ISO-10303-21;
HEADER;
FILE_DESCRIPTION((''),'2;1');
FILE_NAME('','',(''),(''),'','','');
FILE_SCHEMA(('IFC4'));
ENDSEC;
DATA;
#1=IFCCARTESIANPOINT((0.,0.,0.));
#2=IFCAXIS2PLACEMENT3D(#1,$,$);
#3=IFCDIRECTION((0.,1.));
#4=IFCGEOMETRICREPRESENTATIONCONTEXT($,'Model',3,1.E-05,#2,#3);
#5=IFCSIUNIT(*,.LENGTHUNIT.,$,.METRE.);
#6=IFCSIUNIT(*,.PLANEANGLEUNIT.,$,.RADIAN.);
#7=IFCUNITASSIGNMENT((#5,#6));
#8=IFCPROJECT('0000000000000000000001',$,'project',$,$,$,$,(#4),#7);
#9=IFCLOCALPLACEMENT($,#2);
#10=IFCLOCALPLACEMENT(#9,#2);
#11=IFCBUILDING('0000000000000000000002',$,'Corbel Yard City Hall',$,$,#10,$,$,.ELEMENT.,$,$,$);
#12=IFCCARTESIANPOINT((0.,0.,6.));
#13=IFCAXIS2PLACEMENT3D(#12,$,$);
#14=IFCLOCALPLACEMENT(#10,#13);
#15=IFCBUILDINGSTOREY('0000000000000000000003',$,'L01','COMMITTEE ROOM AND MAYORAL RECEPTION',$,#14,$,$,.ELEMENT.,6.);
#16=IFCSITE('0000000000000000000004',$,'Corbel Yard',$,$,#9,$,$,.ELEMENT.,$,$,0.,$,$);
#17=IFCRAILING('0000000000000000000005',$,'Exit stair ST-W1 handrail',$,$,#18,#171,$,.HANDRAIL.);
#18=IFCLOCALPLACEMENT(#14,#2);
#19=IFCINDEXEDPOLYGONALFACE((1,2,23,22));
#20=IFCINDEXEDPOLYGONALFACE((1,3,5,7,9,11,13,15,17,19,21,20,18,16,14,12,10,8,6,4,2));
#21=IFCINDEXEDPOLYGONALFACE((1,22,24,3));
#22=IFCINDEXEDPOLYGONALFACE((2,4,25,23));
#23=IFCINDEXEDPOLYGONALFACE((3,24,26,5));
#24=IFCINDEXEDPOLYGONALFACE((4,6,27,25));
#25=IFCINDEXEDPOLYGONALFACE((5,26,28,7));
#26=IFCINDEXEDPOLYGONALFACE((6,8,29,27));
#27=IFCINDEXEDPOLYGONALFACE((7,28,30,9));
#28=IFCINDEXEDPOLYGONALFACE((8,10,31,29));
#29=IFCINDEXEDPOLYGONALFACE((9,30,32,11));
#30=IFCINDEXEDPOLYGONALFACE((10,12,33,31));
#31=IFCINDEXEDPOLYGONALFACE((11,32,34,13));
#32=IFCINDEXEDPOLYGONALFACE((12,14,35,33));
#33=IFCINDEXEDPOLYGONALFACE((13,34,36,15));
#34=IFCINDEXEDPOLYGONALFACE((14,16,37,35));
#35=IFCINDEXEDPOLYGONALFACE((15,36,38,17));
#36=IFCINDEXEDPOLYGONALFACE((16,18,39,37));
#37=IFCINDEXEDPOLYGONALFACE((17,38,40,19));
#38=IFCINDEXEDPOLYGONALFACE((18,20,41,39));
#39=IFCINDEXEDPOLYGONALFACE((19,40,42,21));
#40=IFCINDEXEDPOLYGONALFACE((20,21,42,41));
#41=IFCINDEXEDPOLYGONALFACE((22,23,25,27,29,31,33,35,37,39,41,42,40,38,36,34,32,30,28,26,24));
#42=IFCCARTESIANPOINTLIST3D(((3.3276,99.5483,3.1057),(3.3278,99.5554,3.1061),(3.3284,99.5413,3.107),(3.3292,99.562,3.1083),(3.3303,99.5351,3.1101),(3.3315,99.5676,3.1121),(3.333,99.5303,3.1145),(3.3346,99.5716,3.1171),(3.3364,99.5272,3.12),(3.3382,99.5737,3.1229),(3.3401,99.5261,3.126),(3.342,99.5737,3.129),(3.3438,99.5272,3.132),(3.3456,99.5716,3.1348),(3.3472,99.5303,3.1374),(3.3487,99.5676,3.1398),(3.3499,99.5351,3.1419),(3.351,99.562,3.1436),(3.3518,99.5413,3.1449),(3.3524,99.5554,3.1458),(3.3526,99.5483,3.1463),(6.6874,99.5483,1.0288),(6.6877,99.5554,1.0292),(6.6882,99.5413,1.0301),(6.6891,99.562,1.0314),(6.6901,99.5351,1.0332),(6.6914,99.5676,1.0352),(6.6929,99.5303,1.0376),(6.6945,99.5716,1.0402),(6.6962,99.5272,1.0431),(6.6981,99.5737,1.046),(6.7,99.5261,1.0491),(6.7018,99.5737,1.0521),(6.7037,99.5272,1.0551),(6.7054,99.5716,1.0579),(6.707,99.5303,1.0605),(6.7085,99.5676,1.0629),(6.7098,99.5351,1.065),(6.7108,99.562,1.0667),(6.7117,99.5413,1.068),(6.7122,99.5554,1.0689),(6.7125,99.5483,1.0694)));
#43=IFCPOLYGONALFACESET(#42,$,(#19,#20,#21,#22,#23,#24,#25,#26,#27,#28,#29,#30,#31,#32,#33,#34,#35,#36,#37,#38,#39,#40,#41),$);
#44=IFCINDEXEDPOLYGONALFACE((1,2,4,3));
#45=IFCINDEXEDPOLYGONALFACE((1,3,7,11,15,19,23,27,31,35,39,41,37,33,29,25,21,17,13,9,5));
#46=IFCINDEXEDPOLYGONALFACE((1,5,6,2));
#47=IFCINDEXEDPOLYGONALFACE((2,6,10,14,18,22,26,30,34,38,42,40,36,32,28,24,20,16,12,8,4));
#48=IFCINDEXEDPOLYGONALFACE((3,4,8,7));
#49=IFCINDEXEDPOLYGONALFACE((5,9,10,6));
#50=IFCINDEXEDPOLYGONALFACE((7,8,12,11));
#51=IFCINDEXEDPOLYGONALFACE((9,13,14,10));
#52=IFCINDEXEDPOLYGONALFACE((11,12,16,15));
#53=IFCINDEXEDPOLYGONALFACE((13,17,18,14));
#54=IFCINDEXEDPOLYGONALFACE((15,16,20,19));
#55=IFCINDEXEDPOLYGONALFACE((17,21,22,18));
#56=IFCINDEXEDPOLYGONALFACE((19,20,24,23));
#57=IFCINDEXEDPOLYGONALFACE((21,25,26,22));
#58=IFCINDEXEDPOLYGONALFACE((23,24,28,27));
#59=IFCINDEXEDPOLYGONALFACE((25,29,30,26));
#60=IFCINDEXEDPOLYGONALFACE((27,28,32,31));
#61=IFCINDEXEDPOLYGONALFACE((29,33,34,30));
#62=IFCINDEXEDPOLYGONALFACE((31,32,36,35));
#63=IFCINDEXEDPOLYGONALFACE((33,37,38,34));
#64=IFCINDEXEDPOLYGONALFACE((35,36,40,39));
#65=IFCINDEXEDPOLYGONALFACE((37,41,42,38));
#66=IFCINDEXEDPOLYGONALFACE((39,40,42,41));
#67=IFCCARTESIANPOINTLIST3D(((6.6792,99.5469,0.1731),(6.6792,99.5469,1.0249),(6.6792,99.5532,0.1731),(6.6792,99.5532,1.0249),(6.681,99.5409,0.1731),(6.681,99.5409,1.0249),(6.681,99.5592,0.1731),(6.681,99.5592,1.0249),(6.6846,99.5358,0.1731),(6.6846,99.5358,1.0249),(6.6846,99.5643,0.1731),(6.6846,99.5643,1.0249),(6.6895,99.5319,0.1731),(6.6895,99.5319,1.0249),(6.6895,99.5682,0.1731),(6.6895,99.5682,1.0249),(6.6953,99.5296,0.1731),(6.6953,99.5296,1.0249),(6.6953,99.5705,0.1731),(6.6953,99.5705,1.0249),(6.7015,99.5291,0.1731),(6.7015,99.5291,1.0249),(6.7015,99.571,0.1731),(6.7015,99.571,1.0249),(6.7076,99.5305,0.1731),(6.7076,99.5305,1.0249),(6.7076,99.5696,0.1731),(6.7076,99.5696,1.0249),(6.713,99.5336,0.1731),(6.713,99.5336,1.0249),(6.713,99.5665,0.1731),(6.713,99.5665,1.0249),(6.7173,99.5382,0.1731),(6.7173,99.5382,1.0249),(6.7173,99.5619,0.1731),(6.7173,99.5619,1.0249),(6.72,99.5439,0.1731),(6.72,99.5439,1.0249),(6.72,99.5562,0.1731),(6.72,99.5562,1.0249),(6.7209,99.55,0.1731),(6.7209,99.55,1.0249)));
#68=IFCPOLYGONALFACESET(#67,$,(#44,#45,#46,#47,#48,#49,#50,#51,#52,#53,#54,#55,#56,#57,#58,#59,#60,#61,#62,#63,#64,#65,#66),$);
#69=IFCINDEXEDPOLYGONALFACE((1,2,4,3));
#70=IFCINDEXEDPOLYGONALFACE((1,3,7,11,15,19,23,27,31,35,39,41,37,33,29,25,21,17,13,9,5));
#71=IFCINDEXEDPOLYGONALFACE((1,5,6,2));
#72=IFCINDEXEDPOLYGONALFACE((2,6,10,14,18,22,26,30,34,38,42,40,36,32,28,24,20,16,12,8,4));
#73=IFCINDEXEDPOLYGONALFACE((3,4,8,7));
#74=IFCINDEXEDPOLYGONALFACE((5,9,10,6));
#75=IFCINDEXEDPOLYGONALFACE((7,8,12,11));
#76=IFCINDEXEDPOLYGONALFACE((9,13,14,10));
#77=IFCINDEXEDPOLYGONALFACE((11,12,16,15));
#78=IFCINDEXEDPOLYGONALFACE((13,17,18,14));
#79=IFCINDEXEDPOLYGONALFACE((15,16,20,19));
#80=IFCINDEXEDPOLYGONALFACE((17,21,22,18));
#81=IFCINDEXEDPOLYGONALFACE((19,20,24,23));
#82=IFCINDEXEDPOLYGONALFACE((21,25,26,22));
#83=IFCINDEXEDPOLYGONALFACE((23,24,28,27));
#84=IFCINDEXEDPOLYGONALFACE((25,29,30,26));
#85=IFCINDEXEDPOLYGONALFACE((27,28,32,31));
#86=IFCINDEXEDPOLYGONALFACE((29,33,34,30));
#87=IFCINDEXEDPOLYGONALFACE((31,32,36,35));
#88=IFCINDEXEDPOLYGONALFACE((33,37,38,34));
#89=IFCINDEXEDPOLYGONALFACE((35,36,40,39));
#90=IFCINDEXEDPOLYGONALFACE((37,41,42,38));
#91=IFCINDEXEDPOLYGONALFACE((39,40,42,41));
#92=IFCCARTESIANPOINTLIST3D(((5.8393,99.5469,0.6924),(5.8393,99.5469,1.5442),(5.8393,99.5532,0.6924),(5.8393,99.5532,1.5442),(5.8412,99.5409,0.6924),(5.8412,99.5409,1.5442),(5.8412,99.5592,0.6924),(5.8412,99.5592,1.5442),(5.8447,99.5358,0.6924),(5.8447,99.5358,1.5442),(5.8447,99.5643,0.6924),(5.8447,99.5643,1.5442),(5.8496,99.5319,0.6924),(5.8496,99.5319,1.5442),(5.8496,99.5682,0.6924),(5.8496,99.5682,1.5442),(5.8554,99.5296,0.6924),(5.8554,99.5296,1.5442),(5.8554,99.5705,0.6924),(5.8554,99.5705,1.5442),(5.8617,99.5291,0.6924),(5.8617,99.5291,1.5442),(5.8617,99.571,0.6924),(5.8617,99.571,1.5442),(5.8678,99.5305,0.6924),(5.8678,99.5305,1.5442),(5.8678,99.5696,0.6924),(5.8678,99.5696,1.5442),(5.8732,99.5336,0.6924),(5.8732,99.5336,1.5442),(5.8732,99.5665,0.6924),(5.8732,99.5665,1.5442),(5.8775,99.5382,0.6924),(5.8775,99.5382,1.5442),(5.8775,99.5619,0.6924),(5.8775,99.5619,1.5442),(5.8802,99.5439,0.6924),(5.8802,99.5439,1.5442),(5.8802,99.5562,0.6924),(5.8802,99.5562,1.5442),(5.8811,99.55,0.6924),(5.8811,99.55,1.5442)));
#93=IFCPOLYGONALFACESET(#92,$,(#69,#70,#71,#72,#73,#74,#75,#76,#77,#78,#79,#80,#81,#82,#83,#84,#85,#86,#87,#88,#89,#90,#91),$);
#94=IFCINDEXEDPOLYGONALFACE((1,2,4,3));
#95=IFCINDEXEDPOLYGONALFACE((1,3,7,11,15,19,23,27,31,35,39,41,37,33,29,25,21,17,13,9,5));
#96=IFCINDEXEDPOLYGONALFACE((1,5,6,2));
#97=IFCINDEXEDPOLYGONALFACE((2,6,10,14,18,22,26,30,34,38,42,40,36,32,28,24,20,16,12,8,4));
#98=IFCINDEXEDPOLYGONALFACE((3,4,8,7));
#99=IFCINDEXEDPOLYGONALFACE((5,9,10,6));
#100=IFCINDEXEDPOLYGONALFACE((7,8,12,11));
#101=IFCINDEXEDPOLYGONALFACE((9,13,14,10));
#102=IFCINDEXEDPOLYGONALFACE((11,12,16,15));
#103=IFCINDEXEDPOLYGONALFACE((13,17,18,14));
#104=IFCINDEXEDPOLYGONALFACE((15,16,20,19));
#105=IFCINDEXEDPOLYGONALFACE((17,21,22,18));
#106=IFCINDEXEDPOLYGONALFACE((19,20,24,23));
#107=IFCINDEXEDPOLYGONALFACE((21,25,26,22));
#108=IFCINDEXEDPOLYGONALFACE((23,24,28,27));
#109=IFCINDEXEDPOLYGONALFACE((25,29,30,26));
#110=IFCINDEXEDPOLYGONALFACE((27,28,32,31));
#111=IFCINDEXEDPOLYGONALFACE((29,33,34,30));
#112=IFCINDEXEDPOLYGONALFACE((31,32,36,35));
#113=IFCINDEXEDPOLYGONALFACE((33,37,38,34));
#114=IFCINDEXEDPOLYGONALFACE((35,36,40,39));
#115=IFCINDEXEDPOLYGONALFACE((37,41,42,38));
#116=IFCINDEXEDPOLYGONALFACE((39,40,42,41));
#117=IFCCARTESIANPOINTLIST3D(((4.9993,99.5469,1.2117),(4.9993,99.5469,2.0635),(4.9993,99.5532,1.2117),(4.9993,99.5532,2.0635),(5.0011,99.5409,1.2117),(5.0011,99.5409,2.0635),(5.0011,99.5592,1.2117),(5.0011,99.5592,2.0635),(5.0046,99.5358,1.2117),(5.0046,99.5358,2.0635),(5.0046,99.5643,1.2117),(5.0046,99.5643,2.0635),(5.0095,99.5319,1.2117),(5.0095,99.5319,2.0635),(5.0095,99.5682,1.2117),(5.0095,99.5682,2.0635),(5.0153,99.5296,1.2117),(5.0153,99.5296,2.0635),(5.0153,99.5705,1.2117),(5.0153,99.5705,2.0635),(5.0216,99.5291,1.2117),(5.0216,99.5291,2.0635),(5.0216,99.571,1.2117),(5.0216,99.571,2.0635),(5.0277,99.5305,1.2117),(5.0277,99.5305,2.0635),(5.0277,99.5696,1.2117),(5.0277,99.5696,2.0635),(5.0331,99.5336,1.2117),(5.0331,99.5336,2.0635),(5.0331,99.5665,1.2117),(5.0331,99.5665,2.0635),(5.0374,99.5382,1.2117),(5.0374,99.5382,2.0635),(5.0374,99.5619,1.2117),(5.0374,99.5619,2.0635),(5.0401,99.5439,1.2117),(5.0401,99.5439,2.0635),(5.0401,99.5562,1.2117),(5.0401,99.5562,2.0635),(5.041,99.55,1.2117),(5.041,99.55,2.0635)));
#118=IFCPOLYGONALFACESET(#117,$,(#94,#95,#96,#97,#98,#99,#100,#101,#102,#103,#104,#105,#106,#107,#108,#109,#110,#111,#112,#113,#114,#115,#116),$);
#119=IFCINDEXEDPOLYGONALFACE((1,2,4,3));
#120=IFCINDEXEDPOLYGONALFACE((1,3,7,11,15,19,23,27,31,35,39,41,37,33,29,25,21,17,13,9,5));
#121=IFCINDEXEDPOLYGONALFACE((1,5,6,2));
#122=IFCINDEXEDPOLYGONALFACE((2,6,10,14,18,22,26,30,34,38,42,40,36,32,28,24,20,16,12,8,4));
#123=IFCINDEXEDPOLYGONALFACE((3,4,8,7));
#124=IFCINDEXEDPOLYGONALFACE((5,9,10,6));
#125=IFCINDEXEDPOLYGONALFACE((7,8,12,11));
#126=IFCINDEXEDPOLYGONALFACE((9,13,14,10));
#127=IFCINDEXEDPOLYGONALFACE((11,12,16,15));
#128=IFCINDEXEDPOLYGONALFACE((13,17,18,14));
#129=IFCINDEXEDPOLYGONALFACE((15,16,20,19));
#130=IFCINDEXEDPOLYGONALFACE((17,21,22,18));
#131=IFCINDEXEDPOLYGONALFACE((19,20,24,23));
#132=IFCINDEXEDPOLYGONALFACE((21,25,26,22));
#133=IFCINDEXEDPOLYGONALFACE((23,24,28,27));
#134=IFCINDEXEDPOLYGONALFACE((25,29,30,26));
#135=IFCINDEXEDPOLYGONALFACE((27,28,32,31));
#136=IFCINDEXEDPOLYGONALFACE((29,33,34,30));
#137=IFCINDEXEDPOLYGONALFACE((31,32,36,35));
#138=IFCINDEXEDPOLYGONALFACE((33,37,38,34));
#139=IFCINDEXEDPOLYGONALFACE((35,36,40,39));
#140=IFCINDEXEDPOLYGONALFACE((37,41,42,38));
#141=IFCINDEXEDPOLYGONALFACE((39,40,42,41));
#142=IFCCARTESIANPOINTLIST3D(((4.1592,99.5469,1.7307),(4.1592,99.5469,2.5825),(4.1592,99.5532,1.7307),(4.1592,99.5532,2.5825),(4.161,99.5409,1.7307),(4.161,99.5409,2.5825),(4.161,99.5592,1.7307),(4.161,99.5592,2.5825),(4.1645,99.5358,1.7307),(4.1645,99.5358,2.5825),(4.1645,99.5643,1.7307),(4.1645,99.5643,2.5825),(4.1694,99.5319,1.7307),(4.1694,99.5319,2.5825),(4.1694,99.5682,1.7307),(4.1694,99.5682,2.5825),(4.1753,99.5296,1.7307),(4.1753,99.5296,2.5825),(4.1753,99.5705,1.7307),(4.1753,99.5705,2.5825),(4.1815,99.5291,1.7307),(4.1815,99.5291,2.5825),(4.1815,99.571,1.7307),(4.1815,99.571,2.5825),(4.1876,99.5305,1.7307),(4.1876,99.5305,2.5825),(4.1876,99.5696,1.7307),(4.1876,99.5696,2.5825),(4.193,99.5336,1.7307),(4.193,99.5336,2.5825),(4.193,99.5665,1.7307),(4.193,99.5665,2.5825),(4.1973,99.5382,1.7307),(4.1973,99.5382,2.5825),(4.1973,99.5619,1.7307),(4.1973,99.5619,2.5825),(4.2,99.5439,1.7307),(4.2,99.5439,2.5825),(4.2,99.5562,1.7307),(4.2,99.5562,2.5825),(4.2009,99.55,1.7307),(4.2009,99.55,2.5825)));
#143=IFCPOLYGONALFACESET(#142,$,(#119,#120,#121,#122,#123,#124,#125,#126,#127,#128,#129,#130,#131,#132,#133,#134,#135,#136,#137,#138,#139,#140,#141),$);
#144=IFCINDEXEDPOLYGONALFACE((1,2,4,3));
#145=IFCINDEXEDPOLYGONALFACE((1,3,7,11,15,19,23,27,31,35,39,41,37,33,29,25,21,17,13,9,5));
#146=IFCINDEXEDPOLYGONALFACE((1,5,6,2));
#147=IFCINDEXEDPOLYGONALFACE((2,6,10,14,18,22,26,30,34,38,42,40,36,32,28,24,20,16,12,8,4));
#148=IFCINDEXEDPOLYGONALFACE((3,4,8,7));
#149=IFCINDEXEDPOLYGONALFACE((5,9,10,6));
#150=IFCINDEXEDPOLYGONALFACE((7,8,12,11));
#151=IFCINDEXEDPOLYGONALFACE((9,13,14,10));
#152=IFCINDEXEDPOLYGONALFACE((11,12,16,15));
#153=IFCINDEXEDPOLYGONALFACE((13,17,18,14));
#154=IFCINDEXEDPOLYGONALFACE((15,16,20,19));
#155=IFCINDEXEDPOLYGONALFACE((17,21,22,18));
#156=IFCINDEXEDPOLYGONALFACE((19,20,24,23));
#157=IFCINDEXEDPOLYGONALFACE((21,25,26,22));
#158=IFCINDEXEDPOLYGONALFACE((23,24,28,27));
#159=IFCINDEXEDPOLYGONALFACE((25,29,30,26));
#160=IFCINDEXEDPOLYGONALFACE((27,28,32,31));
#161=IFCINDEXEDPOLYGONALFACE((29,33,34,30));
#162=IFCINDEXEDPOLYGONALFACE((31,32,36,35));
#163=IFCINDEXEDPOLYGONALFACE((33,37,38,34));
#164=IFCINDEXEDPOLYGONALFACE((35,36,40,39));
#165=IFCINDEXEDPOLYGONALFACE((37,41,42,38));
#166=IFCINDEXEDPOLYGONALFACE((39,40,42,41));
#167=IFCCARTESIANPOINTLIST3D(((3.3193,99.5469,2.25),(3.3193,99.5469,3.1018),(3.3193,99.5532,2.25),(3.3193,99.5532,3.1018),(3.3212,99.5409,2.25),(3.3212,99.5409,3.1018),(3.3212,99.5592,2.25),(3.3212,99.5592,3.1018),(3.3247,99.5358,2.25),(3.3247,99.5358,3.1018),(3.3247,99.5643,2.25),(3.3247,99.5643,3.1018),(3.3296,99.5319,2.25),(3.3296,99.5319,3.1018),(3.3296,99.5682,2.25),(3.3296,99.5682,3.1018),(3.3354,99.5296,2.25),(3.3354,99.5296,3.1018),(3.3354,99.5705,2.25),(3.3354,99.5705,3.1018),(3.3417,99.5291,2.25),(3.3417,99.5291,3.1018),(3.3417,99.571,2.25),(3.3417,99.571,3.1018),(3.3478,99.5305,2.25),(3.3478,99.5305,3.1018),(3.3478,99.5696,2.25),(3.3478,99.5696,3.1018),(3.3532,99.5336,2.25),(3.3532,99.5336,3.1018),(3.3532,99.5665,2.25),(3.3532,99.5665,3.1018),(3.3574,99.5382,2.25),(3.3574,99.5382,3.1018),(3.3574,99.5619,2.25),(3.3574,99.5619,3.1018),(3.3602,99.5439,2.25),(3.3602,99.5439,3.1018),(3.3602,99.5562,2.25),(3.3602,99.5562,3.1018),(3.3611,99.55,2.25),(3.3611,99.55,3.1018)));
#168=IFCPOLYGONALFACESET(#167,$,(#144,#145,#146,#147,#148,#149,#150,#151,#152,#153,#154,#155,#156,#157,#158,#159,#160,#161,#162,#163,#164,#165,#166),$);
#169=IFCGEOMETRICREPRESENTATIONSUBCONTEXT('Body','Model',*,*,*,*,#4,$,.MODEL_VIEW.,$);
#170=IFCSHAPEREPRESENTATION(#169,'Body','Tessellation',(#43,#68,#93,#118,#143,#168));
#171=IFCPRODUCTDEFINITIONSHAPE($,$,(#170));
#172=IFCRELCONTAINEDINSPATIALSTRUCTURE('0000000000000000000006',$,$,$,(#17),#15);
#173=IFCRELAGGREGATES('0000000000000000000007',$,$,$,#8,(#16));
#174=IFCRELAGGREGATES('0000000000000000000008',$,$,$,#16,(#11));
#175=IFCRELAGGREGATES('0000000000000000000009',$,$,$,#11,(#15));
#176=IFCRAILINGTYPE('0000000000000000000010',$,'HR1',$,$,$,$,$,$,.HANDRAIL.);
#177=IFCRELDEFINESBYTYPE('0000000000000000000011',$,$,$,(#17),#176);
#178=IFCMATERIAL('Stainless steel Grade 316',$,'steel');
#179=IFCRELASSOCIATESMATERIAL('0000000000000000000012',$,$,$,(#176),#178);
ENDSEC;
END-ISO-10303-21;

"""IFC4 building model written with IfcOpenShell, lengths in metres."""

from ifc_helpers import new_model, si_unit, direction, frame, origin, origin_2d, place, context, subcontext, project, spatial, circle, extrude, material, type_object, element, save


model = new_model("IFC4")

# Units and contexts
model_context = context("Model", 3, precision=1e-05, world=origin(), true_north=direction((0.0, 1.0)))
body_context = subcontext(model_context, "Body", "Model", "MODEL_VIEW")
ifc_project = project(units=[si_unit("LENGTHUNIT", "METRE"), si_unit("PLANEANGLEUNIT", "RADIAN")], contexts=[model_context])

# Site, building, storey
site_placement = place(None, origin())
site = spatial("IfcSite", under=ifc_project, at=site_placement, Name="Corbel Yard", CompositionType="ELEMENT", RefElevation=0.0)
building_placement = place(site_placement, origin())
building = spatial("IfcBuilding", under=site, at=building_placement, Name="Corbel Yard City Hall", CompositionType="ELEMENT")
storey_placement = place(building_placement, frame((0.0, 0.0, 6.0)))
storey = spatial("IfcBuildingStorey", under=building, at=storey_placement, Name="L01", Description="COMMITTEE ROOM AND MAYORAL RECEPTION", CompositionType="ELEMENT", Elevation=6.0)

# Railing
ifc_material_1 = material(Name="Stainless steel Grade 316", Category="steel")
railing_type = type_object("IfcRailingType", Name="HR1", PredefinedType="HANDRAIL", material=ifc_material_1)
railing_placement = place(storey_placement, frame((6.7, 99.55, 0.1731)))
element("IfcRailing", 1, at=railing_placement, inside=storey, type_object=railing_type, Name="Exit stair ST-W1 handrail", PredefinedType="HANDRAIL", context=body_context, shape_type="SweptSolid", body=[
    extrude(circle(Radius=0.0239, at=origin_2d()), frame((0.0, 0.0, 0.876), z_axis=(-0.850606, 0.0, 0.525803), x_axis=(0.0, -1.0, 0.0)), (0.0, 0.0, 1.0), 3.95),
    extrude(circle(Radius=0.021, at=origin_2d()), origin(), (0.0, 0.0, 1.0), 0.8518),
    extrude(circle(Radius=0.021, at=origin_2d()), frame((-0.8398, 0.0, 0.5193)), (0.0, 0.0, 1.0), 0.8518),
    extrude(circle(Radius=0.021, at=origin_2d()), frame((-1.6799, 0.0, 1.0386)), (0.0, 0.0, 1.0), 0.8518),
    extrude(circle(Radius=0.021, at=origin_2d()), frame((-2.52, 0.0, 1.5576)), (0.0, 0.0, 1.0), 0.8518),
    extrude(circle(Radius=0.021, at=origin_2d()), frame((-3.3599, 0.0, 2.0769)), (0.0, 0.0, 1.0), 0.8518),
])

save(model, "model.ifc")
